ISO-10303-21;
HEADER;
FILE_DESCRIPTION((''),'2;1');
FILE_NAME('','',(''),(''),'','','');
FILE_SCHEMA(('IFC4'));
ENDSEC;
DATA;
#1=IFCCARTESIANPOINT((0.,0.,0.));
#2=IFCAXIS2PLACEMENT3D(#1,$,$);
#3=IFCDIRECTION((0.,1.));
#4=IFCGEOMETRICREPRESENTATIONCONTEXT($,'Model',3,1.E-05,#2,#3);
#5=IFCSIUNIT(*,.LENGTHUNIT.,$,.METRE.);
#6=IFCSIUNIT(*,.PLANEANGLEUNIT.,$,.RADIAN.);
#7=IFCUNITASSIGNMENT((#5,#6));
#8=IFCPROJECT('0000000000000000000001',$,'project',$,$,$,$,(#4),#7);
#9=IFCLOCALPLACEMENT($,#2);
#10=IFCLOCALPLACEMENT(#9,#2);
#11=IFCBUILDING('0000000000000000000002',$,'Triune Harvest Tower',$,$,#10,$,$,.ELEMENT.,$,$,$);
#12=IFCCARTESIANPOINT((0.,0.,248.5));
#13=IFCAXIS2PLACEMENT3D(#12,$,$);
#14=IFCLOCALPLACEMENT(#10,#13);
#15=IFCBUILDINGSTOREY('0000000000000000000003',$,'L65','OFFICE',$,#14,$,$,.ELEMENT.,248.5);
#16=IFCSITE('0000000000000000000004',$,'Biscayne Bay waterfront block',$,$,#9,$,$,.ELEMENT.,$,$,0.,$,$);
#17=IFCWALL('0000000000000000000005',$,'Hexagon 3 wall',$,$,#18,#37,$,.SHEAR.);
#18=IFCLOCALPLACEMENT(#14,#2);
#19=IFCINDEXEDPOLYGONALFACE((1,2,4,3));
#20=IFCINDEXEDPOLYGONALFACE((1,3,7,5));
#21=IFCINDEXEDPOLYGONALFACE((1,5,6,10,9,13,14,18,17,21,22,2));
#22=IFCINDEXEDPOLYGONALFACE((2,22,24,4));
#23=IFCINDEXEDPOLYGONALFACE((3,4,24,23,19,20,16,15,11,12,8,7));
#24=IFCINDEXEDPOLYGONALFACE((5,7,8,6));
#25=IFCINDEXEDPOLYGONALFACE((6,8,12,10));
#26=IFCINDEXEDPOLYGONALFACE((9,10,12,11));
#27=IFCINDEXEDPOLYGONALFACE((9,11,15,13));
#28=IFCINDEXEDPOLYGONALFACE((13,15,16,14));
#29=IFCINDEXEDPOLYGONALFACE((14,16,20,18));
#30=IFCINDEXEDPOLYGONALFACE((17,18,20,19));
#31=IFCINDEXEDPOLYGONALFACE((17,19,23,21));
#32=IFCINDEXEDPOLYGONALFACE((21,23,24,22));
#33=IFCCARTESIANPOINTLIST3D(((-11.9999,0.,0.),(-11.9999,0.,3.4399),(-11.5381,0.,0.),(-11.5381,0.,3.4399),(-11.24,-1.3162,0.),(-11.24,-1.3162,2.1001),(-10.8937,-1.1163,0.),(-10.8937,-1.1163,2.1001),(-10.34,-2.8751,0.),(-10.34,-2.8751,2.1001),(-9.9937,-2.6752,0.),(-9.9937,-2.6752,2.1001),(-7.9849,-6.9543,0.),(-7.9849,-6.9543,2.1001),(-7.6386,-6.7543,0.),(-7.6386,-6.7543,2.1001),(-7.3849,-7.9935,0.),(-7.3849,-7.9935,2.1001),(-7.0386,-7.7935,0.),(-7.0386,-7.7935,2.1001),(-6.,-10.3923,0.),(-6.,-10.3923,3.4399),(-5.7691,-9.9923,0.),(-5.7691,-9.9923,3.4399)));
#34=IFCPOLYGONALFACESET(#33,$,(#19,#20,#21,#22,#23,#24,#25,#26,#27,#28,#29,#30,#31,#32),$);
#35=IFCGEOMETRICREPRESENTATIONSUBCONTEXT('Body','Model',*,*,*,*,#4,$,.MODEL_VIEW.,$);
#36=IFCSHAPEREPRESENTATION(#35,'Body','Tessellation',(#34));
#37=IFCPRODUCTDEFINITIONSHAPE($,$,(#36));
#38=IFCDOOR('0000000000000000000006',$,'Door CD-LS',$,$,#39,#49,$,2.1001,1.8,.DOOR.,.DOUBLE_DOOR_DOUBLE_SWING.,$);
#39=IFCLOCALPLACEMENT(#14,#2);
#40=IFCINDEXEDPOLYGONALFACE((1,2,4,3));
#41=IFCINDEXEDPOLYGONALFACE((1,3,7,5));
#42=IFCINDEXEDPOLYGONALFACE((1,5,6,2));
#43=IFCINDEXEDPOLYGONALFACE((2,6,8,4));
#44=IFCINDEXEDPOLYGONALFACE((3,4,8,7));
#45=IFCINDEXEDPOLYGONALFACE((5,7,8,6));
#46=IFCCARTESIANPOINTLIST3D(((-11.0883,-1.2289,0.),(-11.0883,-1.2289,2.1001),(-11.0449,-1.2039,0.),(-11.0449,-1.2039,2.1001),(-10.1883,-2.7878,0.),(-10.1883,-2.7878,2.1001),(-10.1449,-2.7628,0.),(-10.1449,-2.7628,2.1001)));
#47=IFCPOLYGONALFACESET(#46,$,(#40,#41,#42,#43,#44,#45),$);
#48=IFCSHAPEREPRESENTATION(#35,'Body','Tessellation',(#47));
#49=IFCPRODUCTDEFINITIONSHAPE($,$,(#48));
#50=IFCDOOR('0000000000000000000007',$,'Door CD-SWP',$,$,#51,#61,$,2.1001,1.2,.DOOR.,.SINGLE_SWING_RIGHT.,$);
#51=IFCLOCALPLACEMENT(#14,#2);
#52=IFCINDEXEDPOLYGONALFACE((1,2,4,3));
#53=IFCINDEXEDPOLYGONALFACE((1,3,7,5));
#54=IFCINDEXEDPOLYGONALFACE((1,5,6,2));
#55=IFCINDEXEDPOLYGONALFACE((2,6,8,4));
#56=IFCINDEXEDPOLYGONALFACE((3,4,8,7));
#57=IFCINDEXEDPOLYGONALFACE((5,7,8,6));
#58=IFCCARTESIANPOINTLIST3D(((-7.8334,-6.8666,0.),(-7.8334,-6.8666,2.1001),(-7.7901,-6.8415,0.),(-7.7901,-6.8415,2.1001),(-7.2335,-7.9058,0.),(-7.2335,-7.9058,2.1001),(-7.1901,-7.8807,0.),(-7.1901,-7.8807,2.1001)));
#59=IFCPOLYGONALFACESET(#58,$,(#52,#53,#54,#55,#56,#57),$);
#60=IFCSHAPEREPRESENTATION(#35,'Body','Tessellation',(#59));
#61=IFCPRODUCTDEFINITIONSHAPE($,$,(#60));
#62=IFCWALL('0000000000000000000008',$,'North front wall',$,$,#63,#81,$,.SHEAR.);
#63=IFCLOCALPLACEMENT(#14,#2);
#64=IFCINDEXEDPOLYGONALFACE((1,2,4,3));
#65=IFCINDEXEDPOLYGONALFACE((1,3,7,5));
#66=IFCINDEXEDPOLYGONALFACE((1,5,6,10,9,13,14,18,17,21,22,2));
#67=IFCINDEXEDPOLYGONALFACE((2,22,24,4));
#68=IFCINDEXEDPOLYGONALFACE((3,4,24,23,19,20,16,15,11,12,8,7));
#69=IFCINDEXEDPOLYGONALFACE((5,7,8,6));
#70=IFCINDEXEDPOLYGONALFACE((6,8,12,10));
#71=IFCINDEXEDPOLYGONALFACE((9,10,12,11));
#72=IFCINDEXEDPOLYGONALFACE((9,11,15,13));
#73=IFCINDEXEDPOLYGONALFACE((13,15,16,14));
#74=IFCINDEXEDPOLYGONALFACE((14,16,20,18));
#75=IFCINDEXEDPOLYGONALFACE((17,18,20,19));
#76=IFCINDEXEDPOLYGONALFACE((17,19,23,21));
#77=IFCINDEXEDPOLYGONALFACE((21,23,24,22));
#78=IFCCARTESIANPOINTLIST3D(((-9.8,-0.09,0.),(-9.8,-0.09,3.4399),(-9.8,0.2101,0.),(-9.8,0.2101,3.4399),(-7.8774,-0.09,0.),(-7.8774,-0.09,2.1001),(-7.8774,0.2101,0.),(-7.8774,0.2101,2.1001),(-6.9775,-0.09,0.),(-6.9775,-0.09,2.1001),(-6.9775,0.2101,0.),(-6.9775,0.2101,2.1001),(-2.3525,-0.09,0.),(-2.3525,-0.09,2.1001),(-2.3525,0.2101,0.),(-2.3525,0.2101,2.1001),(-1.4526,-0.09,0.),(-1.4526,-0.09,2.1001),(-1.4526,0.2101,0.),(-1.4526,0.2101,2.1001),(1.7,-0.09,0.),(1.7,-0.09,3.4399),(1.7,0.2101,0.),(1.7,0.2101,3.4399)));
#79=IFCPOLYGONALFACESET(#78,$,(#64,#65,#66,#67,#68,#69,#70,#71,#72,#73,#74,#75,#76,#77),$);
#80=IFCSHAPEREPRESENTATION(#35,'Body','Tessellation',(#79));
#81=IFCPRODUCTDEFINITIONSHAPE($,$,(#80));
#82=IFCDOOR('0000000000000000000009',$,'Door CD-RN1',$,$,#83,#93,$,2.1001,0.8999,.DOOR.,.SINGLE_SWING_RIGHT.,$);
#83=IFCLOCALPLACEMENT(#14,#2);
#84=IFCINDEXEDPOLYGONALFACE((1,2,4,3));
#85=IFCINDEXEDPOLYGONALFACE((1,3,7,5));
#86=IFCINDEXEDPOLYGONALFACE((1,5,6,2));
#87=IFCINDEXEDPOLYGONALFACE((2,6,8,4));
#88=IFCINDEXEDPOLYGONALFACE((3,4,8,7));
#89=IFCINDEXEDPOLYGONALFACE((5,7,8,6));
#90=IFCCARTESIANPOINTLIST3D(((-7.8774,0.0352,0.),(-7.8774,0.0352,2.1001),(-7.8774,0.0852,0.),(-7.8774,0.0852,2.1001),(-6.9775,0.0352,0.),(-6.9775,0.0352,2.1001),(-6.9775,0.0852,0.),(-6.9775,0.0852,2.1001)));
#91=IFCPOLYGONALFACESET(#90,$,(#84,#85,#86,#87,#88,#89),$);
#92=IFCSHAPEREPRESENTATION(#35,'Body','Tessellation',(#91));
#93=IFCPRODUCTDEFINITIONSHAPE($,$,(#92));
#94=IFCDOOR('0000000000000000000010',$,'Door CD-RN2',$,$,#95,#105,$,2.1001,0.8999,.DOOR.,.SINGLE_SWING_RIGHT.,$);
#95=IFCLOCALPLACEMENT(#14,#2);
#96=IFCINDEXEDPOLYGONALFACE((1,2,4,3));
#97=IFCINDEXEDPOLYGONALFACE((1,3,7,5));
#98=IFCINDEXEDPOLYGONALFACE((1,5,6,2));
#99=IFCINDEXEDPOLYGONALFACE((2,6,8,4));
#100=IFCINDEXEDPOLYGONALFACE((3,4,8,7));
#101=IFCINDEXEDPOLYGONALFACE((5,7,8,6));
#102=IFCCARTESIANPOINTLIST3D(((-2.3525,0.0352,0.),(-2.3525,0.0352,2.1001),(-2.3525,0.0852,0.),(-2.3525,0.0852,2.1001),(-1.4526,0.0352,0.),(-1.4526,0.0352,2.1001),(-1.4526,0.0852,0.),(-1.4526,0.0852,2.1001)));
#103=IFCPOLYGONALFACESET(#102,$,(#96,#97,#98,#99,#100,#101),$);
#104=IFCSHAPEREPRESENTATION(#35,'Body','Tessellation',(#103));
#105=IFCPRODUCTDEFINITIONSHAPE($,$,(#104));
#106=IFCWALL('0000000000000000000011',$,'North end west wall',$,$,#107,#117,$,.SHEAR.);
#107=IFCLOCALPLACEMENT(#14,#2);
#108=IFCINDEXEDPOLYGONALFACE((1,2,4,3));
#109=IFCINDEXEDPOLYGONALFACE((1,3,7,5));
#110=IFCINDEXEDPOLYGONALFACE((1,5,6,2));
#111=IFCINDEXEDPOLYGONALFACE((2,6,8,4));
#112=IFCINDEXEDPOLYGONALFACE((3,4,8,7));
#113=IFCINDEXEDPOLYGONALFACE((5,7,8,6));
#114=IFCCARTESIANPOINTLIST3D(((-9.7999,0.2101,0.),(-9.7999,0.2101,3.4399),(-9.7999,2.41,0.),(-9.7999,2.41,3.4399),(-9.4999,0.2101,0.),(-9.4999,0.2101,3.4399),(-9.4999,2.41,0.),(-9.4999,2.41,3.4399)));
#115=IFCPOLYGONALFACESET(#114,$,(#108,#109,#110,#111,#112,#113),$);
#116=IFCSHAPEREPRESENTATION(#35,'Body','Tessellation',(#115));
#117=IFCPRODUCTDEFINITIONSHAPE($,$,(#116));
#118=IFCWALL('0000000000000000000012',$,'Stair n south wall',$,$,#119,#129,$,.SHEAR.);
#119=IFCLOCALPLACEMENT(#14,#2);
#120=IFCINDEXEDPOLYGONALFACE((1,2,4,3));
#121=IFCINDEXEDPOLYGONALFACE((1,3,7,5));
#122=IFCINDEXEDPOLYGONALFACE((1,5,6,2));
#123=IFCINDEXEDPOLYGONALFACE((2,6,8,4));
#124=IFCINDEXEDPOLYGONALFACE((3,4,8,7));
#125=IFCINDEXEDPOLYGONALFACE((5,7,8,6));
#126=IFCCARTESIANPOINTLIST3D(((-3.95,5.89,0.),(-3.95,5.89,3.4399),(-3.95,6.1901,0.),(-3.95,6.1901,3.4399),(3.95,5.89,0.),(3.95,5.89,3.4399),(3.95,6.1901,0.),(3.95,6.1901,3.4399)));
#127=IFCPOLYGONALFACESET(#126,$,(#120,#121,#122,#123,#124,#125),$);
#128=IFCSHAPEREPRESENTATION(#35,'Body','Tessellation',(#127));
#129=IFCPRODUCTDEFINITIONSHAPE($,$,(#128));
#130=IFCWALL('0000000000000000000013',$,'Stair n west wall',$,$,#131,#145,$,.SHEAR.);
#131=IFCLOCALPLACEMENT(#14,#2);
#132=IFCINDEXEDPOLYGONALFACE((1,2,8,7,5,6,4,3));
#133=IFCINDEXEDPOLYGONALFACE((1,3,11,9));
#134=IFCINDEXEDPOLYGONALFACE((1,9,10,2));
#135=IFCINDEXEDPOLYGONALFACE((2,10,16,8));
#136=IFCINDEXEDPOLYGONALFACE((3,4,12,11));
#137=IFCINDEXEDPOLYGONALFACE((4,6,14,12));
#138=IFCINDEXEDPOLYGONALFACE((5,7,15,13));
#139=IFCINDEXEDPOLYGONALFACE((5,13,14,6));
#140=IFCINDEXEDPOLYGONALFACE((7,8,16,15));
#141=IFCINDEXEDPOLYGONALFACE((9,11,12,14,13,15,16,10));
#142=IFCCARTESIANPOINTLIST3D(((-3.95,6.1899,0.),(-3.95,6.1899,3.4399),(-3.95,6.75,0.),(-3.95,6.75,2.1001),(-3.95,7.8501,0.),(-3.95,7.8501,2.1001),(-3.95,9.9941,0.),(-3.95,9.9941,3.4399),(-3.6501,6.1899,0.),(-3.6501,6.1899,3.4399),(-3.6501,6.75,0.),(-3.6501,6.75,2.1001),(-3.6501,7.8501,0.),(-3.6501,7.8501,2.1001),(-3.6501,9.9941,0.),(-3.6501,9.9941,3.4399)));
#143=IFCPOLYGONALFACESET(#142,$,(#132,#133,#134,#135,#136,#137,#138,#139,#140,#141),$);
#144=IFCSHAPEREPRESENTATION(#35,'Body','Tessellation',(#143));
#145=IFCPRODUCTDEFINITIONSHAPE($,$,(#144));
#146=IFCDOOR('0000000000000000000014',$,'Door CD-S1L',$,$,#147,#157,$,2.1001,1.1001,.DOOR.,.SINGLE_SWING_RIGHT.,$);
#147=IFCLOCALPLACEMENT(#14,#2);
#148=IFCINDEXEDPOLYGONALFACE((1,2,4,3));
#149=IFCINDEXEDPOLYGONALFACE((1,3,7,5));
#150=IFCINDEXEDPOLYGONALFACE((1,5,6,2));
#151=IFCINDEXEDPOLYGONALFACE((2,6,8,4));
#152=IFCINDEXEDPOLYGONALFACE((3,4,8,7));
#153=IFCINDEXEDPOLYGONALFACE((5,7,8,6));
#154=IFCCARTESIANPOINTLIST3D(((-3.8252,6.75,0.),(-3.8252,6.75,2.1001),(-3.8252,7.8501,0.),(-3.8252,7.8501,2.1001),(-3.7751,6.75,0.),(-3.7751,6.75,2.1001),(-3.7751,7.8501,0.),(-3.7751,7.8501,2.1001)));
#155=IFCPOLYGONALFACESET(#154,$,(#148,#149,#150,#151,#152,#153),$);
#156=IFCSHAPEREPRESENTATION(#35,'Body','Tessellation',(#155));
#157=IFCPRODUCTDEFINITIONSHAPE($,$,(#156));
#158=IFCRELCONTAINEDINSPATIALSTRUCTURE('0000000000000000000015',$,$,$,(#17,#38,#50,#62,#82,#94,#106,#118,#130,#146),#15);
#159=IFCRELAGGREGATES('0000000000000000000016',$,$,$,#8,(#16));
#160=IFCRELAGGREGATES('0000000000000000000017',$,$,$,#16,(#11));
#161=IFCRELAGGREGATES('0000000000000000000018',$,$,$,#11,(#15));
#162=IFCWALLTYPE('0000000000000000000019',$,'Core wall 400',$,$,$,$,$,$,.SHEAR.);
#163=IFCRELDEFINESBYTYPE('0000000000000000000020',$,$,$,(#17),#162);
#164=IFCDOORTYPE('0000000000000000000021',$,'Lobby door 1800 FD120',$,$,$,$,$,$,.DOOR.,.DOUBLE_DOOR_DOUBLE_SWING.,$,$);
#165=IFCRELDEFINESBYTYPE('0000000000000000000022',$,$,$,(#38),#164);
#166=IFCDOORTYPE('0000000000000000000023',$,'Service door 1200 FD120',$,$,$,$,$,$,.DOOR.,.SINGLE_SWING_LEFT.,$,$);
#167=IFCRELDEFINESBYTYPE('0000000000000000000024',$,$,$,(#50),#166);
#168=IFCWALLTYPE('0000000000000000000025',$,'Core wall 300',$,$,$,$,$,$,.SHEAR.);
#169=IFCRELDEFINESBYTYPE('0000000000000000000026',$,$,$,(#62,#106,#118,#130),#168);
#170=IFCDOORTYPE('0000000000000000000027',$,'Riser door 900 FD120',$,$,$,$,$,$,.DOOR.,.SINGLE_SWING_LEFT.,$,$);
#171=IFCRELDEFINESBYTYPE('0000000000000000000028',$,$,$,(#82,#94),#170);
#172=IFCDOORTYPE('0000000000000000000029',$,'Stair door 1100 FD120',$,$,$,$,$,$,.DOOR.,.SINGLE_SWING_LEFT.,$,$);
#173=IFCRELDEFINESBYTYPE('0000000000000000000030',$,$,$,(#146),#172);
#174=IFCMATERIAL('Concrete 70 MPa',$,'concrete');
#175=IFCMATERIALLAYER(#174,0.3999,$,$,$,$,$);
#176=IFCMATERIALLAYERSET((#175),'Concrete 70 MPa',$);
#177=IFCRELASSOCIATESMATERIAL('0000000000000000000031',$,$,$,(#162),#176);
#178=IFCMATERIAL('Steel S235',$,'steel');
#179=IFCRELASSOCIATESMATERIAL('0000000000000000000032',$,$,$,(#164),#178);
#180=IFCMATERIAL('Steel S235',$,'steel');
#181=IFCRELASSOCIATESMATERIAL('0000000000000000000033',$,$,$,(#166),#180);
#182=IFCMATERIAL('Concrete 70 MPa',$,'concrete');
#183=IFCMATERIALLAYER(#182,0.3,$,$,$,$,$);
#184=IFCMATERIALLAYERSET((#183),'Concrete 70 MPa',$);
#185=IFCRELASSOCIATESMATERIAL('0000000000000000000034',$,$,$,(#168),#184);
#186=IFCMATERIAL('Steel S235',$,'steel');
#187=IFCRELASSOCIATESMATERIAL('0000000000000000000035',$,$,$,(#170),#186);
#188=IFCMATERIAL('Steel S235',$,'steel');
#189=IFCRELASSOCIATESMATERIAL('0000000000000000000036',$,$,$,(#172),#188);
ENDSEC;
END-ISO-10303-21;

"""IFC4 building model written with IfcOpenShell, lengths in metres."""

from ifc_helpers import new_model, si_unit, direction, frame, frame_2d, origin, place, context, subcontext, project, spatial, polyline, rectangle, outline, extrude, source, transform, mapped, material, layer, layer_set, type_object, element, fill, save


model = new_model("IFC4")

# Units and contexts
model_context = context("Model", 3, precision=1e-05, world=origin(), true_north=direction((0.0, 1.0)))
body_context = subcontext(model_context, "Body", "Model", "MODEL_VIEW")
ifc_project = project(units=[si_unit("LENGTHUNIT", "METRE"), si_unit("PLANEANGLEUNIT", "RADIAN")], contexts=[model_context])

# Site, building, storey
site_placement = place(None, origin())
site = spatial("IfcSite", under=ifc_project, at=site_placement, Name="Biscayne Bay waterfront block", CompositionType="ELEMENT", RefElevation=0.0)
building_placement = place(site_placement, origin())
building = spatial("IfcBuilding", under=site, at=building_placement, Name="Triune Harvest Tower", CompositionType="ELEMENT")
storey_placement = place(building_placement, frame((0.0, 0.0, 248.5)))
storey = spatial("IfcBuildingStorey", under=building, at=storey_placement, Name="L65", Description="OFFICE", CompositionType="ELEMENT", Elevation=248.5)

# Walls, openings, doors
ifc_material_1 = material(Name="Concrete 70 MPa", Category="concrete")
ifc_layer_1 = layer(ifc_material_1, 0.3999)
ifc_layer_set_1 = layer_set([ifc_layer_1], Name="Concrete 70 MPa")
wall_type_1 = type_object("IfcWallType", Name="Core wall 400", PredefinedType="SHEAR", material=ifc_layer_set_1)
shared_shape_1 = source(origin(), body_context, "Body", "SweptSolid", [
    extrude(outline(polyline([(-0.1155, -0.2), (11.8845, -0.2), (11.6536, 0.2), (0.1155, 0.2), (-0.1155, -0.2)])), origin(), (0.0, 0.0, 1.0), 3.4399),
])
wall_1_placement = place(storey_placement, frame((-11.769, 0.0, 0.0), z_axis=(0.0, 0.0, 1.0), x_axis=(0.499997, -0.866027, 0.0)))
wall_1 = element("IfcWall", 1, at=wall_1_placement, inside=storey, type_object=wall_type_1, Name="Hexagon 3 wall", PredefinedType="SHEAR", context=body_context, shape_type="MappedRepresentation", body=[
    mapped(shared_shape_1, transform((0.0, 0.0, 0.0), scale=1.0)),
])
opening_1_placement = place(wall_1_placement, frame((1.4045, 0.0, 0.0)))
opening_1 = element("IfcOpeningElement", 2, at=opening_1_placement, cuts=wall_1, PredefinedType="OPENING", context=body_context, shape_type="SweptSolid", body=[
    extrude(rectangle(XDim=1.8, YDim=2.1001, at=frame_2d((0.8999, 1.05))), frame((0.0, 0.21, 0.0), z_axis=(0.0, -1.0, 0.0), x_axis=(1.0, 0.0, 0.0)), (0.0, 0.0, 1.0), 0.4199),
])
opening_2_placement = place(wall_1_placement, frame((7.9146, 0.0, 0.0)))
opening_2 = element("IfcOpeningElement", 3, at=opening_2_placement, cuts=wall_1, PredefinedType="OPENING", context=body_context, shape_type="SweptSolid", body=[
    extrude(rectangle(XDim=1.2, YDim=2.1001, at=frame_2d((0.6001, 1.05))), frame((0.0, 0.21, 0.0), z_axis=(0.0, -1.0, 0.0), x_axis=(1.0, 0.0, 0.0)), (0.0, 0.0, 1.0), 0.4199),
])
ifc_material_2 = material(Name="Steel S235", Category="steel")
door_type_1 = type_object("IfcDoorType", Name="Lobby door 1800 FD120", OperationType="DOUBLE_DOOR_DOUBLE_SWING", PredefinedType="DOOR", material=ifc_material_2)
door_1_placement = place(opening_1_placement, frame((1.8, 0.0, 0.0), z_axis=(0.0, 0.0, 1.0), x_axis=(-1.0, 0.0, 0.0)))
door_1 = element("IfcDoor", 4, at=door_1_placement, inside=storey, type_object=door_type_1, Name="Door CD-LS", OperationType="DOUBLE_DOOR_DOUBLE_SWING", OverallHeight=2.1001, OverallWidth=1.8, PredefinedType="DOOR", context=body_context, shape_type="SweptSolid", body=[
    extrude(rectangle(XDim=1.8, YDim=2.1001, at=frame_2d((0.8999, 1.05))), frame((0.0, 0.0249, 0.0), z_axis=(0.0, -1.0, 0.0), x_axis=(1.0, 0.0, 0.0)), (0.0, 0.0, 1.0), 0.05),
])
fill(opening_1, door_1)
ifc_material_3 = material(Name="Steel S235", Category="steel")
door_type_2 = type_object("IfcDoorType", Name="Service door 1200 FD120", OperationType="SINGLE_SWING_LEFT", PredefinedType="DOOR", material=ifc_material_3)
door_2_placement = place(opening_2_placement, frame((1.2, 0.0, 0.0), z_axis=(0.0, 0.0, 1.0), x_axis=(-1.0, 0.0, 0.0)))
door_2 = element("IfcDoor", 5, at=door_2_placement, inside=storey, type_object=door_type_2, Name="Door CD-SWP", OperationType="SINGLE_SWING_RIGHT", OverallHeight=2.1001, OverallWidth=1.2, PredefinedType="DOOR", context=body_context, shape_type="SweptSolid", body=[
    extrude(rectangle(XDim=1.2, YDim=2.1001, at=frame_2d((0.6001, 1.05))), frame((0.0, 0.0249, 0.0), z_axis=(0.0, -1.0, 0.0), x_axis=(1.0, 0.0, 0.0)), (0.0, 0.0, 1.0), 0.05),
])
fill(opening_2, door_2)
ifc_material_4 = material(Name="Concrete 70 MPa", Category="concrete")
ifc_layer_2 = layer(ifc_material_4, 0.3)
ifc_layer_set_2 = layer_set([ifc_layer_2], Name="Concrete 70 MPa")
wall_type_2 = type_object("IfcWallType", Name="Core wall 300", PredefinedType="SHEAR", material=ifc_layer_set_2)
shared_shape_2 = source(origin(), body_context, "Body", "SweptSolid", [
    extrude(rectangle(XDim=11.5, YDim=0.3, at=frame_2d((5.75, 0.0))), origin(), (0.0, 0.0, 1.0), 3.4399),
])
wall_2_placement = place(storey_placement, frame((-9.8, 0.0601, 0.0), z_axis=(0.0, 0.0, 1.0), x_axis=(1.0, 0.0, 0.0)))
wall_2 = element("IfcWall", 6, at=wall_2_placement, inside=storey, type_object=wall_type_2, Name="North front wall", PredefinedType="SHEAR", context=body_context, shape_type="MappedRepresentation", body=[
    mapped(shared_shape_2, transform((0.0, 0.0, 0.0), scale=1.0)),
])
opening_3_placement = place(wall_2_placement, frame((1.9226, 0.0, 0.0)))
opening_3 = element("IfcOpeningElement", 7, at=opening_3_placement, cuts=wall_2, PredefinedType="OPENING", context=body_context, shape_type="SweptSolid", body=[
    extrude(rectangle(XDim=0.8999, YDim=2.1001, at=frame_2d((0.45, 1.05))), frame((0.0, 0.1602, 0.0), z_axis=(0.0, -1.0, 0.0), x_axis=(1.0, 0.0, 0.0)), (0.0, 0.0, 1.0), 0.3201),
])
opening_4_placement = place(wall_2_placement, frame((7.4475, 0.0, 0.0)))
opening_4 = element("IfcOpeningElement", 8, at=opening_4_placement, cuts=wall_2, PredefinedType="OPENING", context=body_context, shape_type="SweptSolid", body=[
    extrude(rectangle(XDim=0.8999, YDim=2.1001, at=frame_2d((0.45, 1.05))), frame((0.0, 0.1602, 0.0), z_axis=(0.0, -1.0, 0.0), x_axis=(1.0, 0.0, 0.0)), (0.0, 0.0, 1.0), 0.3201),
])
ifc_material_5 = material(Name="Steel S235", Category="steel")
door_type_3 = type_object("IfcDoorType", Name="Riser door 900 FD120", OperationType="SINGLE_SWING_LEFT", PredefinedType="DOOR", material=ifc_material_5)
door_3_placement = place(opening_3_placement, frame((0.8999, 0.0, 0.0), z_axis=(0.0, 0.0, 1.0), x_axis=(-1.0, 0.0, 0.0)))
door_3 = element("IfcDoor", 9, at=door_3_placement, inside=storey, type_object=door_type_3, Name="Door CD-RN1", OperationType="SINGLE_SWING_RIGHT", OverallHeight=2.1001, OverallWidth=0.8999, PredefinedType="DOOR", context=body_context, shape_type="SweptSolid", body=[
    extrude(rectangle(XDim=0.8999, YDim=2.1001, at=frame_2d((0.45, 1.05))), frame((0.0, 0.0249, 0.0), z_axis=(0.0, -1.0, 0.0), x_axis=(1.0, 0.0, 0.0)), (0.0, 0.0, 1.0), 0.05),
])
fill(opening_3, door_3)
door_4_placement = place(opening_4_placement, frame((0.8999, 0.0, 0.0), z_axis=(0.0, 0.0, 1.0), x_axis=(-1.0, 0.0, 0.0)))
door_4 = element("IfcDoor", 10, at=door_4_placement, inside=storey, type_object=door_type_3, Name="Door CD-RN2", OperationType="SINGLE_SWING_RIGHT", OverallHeight=2.1001, OverallWidth=0.8999, PredefinedType="DOOR", context=body_context, shape_type="SweptSolid", body=[
    extrude(rectangle(XDim=0.8999, YDim=2.1001, at=frame_2d((0.45, 1.05))), frame((0.0, 0.0249, 0.0), z_axis=(0.0, -1.0, 0.0), x_axis=(1.0, 0.0, 0.0)), (0.0, 0.0, 1.0), 0.05),
])
fill(opening_4, door_4)

# Walls
shared_shape_3 = source(origin(), body_context, "Body", "SweptSolid", [
    extrude(rectangle(XDim=2.2, YDim=0.3, at=frame_2d((1.1001, 0.0))), origin(), (0.0, 0.0, 1.0), 3.4399),
])
wall_3_placement = place(storey_placement, frame((-9.6499, 0.21, 0.0), z_axis=(0.0, 0.0, 1.0), x_axis=(0.0, 1.0, 0.0)))
element("IfcWall", 11, at=wall_3_placement, inside=storey, type_object=wall_type_2, Name="North end west wall", PredefinedType="SHEAR", context=body_context, shape_type="MappedRepresentation", body=[
    mapped(shared_shape_3, transform((0.0, 0.0, 0.0), scale=1.0)),
])
shared_shape_4 = source(origin(), body_context, "Body", "SweptSolid", [
    extrude(rectangle(XDim=7.8999, YDim=0.3, at=frame_2d((3.95, 0.0))), origin(), (0.0, 0.0, 1.0), 3.4399),
])
wall_4_placement = place(storey_placement, frame((-3.95, 6.04, 0.0), z_axis=(0.0, 0.0, 1.0), x_axis=(1.0, 0.0, 0.0)))
element("IfcWall", 12, at=wall_4_placement, inside=storey, type_object=wall_type_2, Name="Stair n south wall", PredefinedType="SHEAR", context=body_context, shape_type="MappedRepresentation", body=[
    mapped(shared_shape_4, transform((0.0, 0.0, 0.0), scale=1.0)),
])

# Wall, opening, door
shared_shape_5 = source(origin(), body_context, "Body", "SweptSolid", [
    extrude(outline(polyline([(0.0, -0.1499), (0.0, 0.1499), (3.8042, 0.1499), (3.8042, -0.1499), (0.0, -0.1499)])), origin(), (0.0, 0.0, 1.0), 3.4399),
])
wall_5_placement = place(storey_placement, frame((-3.8, 6.1899, 0.0), z_axis=(0.0, 0.0, 1.0), x_axis=(0.0, 1.0, 0.0)))
wall_5 = element("IfcWall", 13, at=wall_5_placement, inside=storey, type_object=wall_type_2, Name="Stair n west wall", PredefinedType="SHEAR", context=body_context, shape_type="MappedRepresentation", body=[
    mapped(shared_shape_5, transform((0.0, 0.0, 0.0), scale=1.0)),
])
opening_5_placement = place(wall_5_placement, frame((0.5601, 0.0, 0.0)))
opening_5 = element("IfcOpeningElement", 14, at=opening_5_placement, cuts=wall_5, PredefinedType="OPENING", context=body_context, shape_type="SweptSolid", body=[
    extrude(rectangle(XDim=1.1001, YDim=2.1001, at=frame_2d((0.55, 1.05))), frame((0.0, 0.1602, 0.0), z_axis=(0.0, -1.0, 0.0), x_axis=(1.0, 0.0, 0.0)), (0.0, 0.0, 1.0), 0.3201),
])
ifc_material_6 = material(Name="Steel S235", Category="steel")
door_type_4 = type_object("IfcDoorType", Name="Stair door 1100 FD120", OperationType="SINGLE_SWING_LEFT", PredefinedType="DOOR", material=ifc_material_6)
door_5_placement = place(opening_5_placement, frame((1.1001, 0.0, 0.0), z_axis=(0.0, 0.0, 1.0), x_axis=(-1.0, 0.0, 0.0)))
door_5 = element("IfcDoor", 15, at=door_5_placement, inside=storey, type_object=door_type_4, Name="Door CD-S1L", OperationType="SINGLE_SWING_RIGHT", OverallHeight=2.1001, OverallWidth=1.1001, PredefinedType="DOOR", context=body_context, shape_type="SweptSolid", body=[
    extrude(rectangle(XDim=1.1001, YDim=2.1001, at=frame_2d((0.55, 1.05))), frame((0.0, 0.0249, 0.0), z_axis=(0.0, -1.0, 0.0), x_axis=(1.0, 0.0, 0.0)), (0.0, 0.0, 1.0), 0.05),
])
fill(opening_5, door_5)

save(model, "model.ifc")
